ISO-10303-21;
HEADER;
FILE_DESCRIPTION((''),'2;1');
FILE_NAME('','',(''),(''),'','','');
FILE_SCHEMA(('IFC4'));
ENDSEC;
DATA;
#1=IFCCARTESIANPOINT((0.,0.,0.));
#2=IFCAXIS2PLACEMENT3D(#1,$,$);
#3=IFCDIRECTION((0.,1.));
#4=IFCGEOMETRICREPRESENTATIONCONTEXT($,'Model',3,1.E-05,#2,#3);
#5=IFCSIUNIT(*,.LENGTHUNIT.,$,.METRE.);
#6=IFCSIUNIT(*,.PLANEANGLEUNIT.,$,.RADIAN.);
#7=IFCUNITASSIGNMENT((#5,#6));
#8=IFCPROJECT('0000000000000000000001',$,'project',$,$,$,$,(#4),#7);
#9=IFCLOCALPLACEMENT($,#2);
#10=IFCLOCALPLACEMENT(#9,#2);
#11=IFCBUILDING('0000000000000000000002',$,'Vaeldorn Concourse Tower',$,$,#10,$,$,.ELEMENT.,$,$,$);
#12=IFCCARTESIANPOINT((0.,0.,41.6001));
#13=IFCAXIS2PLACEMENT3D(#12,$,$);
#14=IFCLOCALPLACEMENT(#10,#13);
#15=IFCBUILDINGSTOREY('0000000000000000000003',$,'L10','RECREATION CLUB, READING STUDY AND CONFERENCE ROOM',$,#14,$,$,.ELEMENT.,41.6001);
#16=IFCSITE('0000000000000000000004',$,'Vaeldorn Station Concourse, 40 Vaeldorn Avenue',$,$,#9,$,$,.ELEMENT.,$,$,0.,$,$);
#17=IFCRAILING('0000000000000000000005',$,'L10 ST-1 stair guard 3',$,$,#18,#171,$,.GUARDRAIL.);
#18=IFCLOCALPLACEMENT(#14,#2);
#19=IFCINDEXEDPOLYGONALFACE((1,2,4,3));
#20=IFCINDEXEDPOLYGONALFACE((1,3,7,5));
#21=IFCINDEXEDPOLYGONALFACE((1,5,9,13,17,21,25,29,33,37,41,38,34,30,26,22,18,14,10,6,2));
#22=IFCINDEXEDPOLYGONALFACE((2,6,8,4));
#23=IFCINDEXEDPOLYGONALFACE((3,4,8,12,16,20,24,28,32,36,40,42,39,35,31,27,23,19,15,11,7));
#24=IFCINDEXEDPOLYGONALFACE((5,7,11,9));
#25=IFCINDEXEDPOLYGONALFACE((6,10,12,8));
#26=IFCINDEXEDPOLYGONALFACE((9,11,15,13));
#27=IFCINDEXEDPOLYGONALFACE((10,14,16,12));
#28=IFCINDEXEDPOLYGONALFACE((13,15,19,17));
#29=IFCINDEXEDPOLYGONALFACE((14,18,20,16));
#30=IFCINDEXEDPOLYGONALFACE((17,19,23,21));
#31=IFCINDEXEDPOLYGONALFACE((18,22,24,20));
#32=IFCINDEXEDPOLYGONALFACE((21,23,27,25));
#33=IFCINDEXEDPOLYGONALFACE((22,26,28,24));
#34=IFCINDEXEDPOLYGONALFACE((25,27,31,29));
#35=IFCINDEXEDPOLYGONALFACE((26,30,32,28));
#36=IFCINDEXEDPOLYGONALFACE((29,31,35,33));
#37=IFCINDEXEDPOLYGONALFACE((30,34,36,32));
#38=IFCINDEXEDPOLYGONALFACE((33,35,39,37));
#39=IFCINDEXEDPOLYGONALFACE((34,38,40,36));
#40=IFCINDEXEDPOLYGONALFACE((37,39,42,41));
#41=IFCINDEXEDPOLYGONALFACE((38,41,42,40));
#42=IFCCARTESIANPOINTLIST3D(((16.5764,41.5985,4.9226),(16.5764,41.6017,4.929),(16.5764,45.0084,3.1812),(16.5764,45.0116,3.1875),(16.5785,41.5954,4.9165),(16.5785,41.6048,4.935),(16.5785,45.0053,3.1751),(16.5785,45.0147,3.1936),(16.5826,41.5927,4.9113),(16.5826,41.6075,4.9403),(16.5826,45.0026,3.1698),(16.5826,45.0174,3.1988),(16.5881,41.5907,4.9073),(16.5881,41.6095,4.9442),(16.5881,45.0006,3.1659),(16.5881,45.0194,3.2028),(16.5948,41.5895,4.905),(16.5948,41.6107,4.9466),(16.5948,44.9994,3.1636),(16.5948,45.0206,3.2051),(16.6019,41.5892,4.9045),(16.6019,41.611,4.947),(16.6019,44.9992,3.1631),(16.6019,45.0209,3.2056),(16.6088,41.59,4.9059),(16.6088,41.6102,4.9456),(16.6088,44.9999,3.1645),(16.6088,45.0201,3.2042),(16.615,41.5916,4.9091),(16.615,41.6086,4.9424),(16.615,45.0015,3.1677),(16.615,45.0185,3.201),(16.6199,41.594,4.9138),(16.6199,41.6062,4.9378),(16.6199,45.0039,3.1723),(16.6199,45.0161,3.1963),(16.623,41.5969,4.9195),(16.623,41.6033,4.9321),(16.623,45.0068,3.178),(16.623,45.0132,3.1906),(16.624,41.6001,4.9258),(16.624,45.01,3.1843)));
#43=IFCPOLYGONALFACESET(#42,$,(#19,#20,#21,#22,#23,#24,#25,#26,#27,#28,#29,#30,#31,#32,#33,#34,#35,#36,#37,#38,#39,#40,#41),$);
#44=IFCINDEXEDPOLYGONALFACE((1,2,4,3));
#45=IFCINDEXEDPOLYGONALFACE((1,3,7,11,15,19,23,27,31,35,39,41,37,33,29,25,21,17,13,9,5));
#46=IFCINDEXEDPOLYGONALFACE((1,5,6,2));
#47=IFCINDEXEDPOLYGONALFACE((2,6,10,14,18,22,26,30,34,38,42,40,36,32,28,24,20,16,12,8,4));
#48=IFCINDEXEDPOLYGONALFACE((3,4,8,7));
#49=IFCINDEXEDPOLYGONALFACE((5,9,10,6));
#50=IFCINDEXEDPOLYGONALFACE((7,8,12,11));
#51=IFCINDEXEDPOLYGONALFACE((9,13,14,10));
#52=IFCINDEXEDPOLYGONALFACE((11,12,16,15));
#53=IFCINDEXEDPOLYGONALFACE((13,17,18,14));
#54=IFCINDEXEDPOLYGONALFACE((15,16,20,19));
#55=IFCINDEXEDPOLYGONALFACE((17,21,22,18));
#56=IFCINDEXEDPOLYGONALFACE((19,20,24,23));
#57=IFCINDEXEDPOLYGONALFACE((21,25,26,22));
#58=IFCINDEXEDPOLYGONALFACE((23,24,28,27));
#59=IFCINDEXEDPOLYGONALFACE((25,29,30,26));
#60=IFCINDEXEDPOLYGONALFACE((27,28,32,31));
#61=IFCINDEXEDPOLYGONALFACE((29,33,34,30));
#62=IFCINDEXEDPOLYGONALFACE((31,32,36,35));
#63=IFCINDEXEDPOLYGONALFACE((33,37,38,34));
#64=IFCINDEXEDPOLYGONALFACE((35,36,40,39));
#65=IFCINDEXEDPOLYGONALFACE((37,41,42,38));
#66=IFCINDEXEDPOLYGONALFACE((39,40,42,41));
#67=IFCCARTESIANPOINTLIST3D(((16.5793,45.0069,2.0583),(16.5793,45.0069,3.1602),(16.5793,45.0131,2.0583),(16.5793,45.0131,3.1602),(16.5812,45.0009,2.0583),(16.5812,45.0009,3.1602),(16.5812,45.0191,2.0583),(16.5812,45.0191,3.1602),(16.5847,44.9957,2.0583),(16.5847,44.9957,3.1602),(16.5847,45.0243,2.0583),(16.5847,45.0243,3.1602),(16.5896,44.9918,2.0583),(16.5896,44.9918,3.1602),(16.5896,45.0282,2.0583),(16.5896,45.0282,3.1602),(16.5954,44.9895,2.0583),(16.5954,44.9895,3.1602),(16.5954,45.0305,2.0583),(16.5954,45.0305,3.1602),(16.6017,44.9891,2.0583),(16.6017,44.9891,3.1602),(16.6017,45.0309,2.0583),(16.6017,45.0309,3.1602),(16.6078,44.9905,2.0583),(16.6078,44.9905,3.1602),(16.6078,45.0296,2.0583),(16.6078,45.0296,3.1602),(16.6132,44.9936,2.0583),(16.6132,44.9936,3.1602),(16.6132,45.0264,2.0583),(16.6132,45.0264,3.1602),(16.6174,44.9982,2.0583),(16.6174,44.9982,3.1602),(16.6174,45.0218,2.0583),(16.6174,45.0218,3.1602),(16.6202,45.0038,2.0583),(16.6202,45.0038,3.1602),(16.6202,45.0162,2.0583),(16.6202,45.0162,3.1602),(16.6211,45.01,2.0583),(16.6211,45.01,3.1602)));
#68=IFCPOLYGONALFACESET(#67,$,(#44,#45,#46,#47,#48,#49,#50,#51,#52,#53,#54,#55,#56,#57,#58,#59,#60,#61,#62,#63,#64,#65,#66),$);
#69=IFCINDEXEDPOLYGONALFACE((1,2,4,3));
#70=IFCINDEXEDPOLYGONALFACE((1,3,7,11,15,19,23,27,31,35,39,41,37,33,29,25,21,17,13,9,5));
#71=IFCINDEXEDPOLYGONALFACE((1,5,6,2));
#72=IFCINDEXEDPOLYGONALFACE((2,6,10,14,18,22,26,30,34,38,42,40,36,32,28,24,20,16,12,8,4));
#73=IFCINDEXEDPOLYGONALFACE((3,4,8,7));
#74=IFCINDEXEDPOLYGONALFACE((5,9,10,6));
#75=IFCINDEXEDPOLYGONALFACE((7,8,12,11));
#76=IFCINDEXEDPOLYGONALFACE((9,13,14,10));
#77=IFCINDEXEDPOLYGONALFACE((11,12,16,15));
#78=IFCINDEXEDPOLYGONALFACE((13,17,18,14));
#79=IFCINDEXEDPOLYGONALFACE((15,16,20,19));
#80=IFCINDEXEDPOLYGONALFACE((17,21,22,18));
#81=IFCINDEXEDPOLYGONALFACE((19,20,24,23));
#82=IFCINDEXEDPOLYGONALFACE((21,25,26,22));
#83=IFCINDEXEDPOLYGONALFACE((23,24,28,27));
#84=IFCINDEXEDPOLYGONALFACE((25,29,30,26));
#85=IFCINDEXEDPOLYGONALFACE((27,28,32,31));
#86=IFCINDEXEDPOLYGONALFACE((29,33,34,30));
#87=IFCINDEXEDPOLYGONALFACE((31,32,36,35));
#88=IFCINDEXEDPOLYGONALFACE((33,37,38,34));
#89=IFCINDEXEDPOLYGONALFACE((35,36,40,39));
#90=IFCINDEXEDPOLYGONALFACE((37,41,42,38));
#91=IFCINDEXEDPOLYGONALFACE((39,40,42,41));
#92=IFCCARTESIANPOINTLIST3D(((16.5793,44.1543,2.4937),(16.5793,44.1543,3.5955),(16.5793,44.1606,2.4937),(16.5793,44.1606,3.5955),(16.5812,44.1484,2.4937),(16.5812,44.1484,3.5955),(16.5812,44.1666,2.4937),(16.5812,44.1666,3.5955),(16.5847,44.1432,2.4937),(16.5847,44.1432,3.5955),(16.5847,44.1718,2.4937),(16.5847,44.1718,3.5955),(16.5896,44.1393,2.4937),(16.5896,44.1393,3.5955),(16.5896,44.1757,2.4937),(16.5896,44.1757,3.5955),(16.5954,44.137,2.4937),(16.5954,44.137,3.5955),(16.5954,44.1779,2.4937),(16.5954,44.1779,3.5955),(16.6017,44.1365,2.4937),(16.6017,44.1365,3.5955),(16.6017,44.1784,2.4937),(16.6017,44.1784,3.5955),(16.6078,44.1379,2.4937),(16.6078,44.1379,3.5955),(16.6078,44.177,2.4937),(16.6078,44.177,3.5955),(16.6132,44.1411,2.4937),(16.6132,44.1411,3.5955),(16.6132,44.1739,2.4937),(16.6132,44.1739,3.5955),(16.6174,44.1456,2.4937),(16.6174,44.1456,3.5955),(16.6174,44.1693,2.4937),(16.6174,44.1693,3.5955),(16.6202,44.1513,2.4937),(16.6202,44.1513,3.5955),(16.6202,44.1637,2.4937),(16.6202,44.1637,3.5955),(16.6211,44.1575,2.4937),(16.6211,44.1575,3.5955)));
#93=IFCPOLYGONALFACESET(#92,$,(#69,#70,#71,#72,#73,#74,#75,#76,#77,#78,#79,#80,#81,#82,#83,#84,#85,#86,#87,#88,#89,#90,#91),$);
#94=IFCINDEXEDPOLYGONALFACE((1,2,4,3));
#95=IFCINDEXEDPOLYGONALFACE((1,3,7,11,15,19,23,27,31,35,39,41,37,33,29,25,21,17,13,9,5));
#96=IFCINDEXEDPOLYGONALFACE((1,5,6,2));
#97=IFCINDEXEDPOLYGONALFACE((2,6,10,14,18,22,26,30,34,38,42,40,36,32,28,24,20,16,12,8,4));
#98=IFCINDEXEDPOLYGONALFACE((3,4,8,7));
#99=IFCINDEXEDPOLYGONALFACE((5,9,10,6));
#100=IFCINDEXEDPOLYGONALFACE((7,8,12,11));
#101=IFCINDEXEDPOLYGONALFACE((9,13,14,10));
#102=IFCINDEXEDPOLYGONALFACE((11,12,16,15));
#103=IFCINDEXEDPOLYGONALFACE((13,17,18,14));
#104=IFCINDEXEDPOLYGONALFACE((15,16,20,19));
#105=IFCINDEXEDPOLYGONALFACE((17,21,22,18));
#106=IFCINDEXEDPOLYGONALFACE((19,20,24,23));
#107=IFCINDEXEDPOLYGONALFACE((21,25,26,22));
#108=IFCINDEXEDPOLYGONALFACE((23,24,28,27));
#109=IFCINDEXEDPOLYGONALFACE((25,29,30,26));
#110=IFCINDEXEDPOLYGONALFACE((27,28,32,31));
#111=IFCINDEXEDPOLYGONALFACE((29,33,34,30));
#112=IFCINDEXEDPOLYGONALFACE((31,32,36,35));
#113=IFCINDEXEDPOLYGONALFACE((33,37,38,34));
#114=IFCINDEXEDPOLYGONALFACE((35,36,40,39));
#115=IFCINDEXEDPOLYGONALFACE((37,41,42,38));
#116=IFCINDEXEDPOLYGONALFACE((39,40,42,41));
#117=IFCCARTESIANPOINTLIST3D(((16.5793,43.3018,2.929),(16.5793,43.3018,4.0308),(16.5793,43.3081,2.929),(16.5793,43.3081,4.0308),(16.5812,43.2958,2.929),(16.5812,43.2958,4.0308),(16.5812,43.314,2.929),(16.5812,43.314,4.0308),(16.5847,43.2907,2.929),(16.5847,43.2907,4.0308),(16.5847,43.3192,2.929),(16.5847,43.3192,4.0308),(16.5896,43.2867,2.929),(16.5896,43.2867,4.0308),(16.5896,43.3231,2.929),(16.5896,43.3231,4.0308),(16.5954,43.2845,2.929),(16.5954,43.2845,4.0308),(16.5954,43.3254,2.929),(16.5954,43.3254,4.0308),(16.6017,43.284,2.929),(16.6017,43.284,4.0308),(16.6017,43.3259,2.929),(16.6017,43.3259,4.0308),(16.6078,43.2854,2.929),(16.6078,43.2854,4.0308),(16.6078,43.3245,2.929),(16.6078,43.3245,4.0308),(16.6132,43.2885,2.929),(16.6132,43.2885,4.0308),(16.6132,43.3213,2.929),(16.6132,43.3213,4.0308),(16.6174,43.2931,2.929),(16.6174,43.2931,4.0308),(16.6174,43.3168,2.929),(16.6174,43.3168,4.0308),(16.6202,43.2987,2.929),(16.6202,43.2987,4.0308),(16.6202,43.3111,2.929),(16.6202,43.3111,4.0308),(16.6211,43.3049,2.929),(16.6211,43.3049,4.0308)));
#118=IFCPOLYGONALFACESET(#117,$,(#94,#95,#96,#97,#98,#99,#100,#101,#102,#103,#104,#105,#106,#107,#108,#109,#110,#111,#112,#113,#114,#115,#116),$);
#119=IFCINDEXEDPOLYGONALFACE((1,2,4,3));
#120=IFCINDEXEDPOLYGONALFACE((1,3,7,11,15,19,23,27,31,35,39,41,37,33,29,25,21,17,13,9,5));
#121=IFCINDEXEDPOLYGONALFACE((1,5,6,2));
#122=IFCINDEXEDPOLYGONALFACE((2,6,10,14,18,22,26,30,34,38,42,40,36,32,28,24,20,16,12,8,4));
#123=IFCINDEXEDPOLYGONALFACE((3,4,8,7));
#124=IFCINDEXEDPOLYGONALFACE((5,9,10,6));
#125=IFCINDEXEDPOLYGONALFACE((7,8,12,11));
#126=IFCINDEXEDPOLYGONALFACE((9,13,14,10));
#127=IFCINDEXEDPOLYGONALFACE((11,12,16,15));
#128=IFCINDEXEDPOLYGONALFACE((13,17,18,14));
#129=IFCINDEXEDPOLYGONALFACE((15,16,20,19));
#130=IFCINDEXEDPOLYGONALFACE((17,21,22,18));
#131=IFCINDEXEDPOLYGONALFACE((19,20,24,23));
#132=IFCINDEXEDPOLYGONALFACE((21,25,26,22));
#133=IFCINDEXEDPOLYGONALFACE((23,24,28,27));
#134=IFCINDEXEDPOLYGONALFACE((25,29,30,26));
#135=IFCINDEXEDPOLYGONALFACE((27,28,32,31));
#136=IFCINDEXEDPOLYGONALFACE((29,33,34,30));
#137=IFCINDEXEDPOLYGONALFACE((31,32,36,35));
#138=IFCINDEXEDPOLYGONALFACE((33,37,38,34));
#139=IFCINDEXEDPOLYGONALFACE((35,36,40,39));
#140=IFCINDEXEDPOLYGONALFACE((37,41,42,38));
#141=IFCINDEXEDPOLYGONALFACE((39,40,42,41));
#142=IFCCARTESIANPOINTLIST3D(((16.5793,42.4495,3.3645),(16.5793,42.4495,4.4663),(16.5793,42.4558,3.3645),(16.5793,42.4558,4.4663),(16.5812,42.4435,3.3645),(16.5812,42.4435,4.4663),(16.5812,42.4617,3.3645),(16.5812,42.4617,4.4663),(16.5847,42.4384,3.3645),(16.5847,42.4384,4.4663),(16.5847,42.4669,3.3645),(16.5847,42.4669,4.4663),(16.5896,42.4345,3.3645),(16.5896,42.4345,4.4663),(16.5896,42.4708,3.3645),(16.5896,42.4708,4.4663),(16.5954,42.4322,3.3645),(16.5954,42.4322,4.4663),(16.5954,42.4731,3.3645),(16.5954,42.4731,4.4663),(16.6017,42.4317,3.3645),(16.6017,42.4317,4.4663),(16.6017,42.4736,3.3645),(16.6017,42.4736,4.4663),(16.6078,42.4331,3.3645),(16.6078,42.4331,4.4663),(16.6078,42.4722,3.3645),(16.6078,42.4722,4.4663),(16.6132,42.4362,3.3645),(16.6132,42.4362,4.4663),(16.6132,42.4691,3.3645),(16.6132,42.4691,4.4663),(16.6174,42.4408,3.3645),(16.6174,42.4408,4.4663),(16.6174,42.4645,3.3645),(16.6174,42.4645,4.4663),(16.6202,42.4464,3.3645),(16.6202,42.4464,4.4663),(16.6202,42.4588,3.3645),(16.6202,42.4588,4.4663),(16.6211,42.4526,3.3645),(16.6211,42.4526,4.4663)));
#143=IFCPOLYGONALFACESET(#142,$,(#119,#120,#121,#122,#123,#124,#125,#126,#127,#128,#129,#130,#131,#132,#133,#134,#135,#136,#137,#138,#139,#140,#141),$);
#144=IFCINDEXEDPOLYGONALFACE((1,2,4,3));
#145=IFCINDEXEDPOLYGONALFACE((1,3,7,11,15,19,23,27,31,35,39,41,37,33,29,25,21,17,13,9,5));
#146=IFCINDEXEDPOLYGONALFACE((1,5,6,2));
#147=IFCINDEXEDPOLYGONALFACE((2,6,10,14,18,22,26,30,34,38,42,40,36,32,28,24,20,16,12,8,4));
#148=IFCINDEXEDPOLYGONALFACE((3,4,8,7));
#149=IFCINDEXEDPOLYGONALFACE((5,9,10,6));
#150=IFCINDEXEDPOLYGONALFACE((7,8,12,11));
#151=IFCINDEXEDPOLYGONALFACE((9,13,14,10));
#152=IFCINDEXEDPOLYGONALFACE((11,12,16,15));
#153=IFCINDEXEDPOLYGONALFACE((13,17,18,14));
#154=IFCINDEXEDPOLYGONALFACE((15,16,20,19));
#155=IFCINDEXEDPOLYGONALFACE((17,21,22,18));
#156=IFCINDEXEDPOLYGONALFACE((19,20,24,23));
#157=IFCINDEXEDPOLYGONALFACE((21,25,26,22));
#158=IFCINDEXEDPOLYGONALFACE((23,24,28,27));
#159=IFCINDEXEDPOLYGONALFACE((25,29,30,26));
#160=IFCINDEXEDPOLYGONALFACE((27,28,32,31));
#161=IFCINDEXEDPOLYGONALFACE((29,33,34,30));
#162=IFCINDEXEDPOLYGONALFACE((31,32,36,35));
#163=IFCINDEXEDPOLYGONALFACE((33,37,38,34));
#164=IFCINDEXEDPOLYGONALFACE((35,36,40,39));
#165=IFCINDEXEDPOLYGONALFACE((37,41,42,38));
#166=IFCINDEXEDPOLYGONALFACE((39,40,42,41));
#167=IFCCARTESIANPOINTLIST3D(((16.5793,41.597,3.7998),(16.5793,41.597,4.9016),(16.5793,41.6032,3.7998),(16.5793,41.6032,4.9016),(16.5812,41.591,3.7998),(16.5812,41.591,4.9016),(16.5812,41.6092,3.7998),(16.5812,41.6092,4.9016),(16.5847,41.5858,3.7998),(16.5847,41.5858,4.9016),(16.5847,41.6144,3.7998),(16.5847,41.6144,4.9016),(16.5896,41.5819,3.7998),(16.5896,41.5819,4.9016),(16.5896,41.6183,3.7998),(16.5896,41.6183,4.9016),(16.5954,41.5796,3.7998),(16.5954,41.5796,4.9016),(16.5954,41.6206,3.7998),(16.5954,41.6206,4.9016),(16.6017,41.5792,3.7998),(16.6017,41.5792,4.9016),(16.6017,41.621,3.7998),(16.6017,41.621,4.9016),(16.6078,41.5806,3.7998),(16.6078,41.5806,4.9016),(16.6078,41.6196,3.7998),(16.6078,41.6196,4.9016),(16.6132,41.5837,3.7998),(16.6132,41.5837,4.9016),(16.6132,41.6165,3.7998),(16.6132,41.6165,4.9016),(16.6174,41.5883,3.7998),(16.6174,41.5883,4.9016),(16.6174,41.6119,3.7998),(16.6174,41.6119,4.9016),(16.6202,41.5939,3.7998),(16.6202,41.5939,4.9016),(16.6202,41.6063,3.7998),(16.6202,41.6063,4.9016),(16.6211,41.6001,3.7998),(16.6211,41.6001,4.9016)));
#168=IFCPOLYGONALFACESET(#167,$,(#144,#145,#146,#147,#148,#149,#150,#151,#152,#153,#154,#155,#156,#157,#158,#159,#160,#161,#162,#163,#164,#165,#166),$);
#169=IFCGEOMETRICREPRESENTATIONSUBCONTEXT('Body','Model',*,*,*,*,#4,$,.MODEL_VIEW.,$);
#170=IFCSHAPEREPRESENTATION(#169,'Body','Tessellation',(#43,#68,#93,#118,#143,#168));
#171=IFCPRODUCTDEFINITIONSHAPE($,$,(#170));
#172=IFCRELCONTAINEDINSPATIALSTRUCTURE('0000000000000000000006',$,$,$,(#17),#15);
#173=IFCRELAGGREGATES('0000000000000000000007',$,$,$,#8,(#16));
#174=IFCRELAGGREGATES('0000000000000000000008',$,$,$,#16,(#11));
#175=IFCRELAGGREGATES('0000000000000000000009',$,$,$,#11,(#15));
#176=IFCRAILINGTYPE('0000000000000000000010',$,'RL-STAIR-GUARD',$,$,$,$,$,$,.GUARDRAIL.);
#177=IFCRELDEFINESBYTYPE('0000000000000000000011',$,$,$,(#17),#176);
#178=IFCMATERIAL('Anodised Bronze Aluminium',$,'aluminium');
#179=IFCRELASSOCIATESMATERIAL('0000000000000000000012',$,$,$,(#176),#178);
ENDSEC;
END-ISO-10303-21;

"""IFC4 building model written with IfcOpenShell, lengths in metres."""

from ifc_helpers import new_model, si_unit, direction, frame, origin, origin_2d, place, context, subcontext, project, spatial, circle, extrude, material, type_object, element, save


model = new_model("IFC4")

# Units and contexts
model_context = context("Model", 3, precision=1e-05, world=origin(), true_north=direction((0.0, 1.0)))
body_context = subcontext(model_context, "Body", "Model", "MODEL_VIEW")
ifc_project = project(units=[si_unit("LENGTHUNIT", "METRE"), si_unit("PLANEANGLEUNIT", "RADIAN")], contexts=[model_context])

# Site, building, storey
site_placement = place(None, origin())
site = spatial("IfcSite", under=ifc_project, at=site_placement, Name="Vaeldorn Station Concourse, 40 Vaeldorn Avenue", CompositionType="ELEMENT", RefElevation=0.0)
building_placement = place(site_placement, origin())
building = spatial("IfcBuilding", under=site, at=building_placement, Name="Vaeldorn Concourse Tower", CompositionType="ELEMENT")
storey_placement = place(building_placement, frame((0.0, 0.0, 41.6001)))
storey = spatial("IfcBuildingStorey", under=building, at=storey_placement, Name="L10", Description="RECREATION CLUB, READING STUDY AND CONFERENCE ROOM", CompositionType="ELEMENT", Elevation=41.6001)

# Shared definitions
ifc_material_1 = material(Name="Anodised Bronze Aluminium", Category="aluminium")

# Railing
railing_type_1 = type_object("IfcRailingType", Name="RL-STAIR-GUARD", PredefinedType="GUARDRAIL", material=ifc_material_1)
railing_1_placement = place(storey_placement, frame((16.6001, 45.01, 2.0583)))
element("IfcRailing", 1, at=railing_1_placement, inside=storey, type_object=railing_type_1, Name="L10 ST-1 stair guard 3", PredefinedType="GUARDRAIL", context=body_context, shape_type="SweptSolid", body=[
    extrude(circle(Radius=0.0239, at=origin_2d()), frame((0.0, 0.0, 1.126), z_axis=(0.0, -0.890582, 0.454823), x_axis=(1.0, 0.0, 0.0)), (0.0, 0.0, 1.0), 3.8289),
    extrude(circle(Radius=0.021, at=origin_2d()), origin(), (0.0, 0.0, 1.0), 1.1018),
    extrude(circle(Radius=0.021, at=origin_2d()), frame((0.0, -0.8525, 0.4353)), (0.0, 0.0, 1.0), 1.1018),
    extrude(circle(Radius=0.021, at=origin_2d()), frame((0.0, -1.7051, 0.8706)), (0.0, 0.0, 1.0), 1.1018),
    extrude(circle(Radius=0.021, at=origin_2d()), frame((0.0, -2.5574, 1.3062)), (0.0, 0.0, 1.0), 1.1018),
    extrude(circle(Radius=0.021, at=origin_2d()), frame((0.0, -3.4099, 1.7415)), (0.0, 0.0, 1.0), 1.1018),
])

save(model, "model.ifc")
